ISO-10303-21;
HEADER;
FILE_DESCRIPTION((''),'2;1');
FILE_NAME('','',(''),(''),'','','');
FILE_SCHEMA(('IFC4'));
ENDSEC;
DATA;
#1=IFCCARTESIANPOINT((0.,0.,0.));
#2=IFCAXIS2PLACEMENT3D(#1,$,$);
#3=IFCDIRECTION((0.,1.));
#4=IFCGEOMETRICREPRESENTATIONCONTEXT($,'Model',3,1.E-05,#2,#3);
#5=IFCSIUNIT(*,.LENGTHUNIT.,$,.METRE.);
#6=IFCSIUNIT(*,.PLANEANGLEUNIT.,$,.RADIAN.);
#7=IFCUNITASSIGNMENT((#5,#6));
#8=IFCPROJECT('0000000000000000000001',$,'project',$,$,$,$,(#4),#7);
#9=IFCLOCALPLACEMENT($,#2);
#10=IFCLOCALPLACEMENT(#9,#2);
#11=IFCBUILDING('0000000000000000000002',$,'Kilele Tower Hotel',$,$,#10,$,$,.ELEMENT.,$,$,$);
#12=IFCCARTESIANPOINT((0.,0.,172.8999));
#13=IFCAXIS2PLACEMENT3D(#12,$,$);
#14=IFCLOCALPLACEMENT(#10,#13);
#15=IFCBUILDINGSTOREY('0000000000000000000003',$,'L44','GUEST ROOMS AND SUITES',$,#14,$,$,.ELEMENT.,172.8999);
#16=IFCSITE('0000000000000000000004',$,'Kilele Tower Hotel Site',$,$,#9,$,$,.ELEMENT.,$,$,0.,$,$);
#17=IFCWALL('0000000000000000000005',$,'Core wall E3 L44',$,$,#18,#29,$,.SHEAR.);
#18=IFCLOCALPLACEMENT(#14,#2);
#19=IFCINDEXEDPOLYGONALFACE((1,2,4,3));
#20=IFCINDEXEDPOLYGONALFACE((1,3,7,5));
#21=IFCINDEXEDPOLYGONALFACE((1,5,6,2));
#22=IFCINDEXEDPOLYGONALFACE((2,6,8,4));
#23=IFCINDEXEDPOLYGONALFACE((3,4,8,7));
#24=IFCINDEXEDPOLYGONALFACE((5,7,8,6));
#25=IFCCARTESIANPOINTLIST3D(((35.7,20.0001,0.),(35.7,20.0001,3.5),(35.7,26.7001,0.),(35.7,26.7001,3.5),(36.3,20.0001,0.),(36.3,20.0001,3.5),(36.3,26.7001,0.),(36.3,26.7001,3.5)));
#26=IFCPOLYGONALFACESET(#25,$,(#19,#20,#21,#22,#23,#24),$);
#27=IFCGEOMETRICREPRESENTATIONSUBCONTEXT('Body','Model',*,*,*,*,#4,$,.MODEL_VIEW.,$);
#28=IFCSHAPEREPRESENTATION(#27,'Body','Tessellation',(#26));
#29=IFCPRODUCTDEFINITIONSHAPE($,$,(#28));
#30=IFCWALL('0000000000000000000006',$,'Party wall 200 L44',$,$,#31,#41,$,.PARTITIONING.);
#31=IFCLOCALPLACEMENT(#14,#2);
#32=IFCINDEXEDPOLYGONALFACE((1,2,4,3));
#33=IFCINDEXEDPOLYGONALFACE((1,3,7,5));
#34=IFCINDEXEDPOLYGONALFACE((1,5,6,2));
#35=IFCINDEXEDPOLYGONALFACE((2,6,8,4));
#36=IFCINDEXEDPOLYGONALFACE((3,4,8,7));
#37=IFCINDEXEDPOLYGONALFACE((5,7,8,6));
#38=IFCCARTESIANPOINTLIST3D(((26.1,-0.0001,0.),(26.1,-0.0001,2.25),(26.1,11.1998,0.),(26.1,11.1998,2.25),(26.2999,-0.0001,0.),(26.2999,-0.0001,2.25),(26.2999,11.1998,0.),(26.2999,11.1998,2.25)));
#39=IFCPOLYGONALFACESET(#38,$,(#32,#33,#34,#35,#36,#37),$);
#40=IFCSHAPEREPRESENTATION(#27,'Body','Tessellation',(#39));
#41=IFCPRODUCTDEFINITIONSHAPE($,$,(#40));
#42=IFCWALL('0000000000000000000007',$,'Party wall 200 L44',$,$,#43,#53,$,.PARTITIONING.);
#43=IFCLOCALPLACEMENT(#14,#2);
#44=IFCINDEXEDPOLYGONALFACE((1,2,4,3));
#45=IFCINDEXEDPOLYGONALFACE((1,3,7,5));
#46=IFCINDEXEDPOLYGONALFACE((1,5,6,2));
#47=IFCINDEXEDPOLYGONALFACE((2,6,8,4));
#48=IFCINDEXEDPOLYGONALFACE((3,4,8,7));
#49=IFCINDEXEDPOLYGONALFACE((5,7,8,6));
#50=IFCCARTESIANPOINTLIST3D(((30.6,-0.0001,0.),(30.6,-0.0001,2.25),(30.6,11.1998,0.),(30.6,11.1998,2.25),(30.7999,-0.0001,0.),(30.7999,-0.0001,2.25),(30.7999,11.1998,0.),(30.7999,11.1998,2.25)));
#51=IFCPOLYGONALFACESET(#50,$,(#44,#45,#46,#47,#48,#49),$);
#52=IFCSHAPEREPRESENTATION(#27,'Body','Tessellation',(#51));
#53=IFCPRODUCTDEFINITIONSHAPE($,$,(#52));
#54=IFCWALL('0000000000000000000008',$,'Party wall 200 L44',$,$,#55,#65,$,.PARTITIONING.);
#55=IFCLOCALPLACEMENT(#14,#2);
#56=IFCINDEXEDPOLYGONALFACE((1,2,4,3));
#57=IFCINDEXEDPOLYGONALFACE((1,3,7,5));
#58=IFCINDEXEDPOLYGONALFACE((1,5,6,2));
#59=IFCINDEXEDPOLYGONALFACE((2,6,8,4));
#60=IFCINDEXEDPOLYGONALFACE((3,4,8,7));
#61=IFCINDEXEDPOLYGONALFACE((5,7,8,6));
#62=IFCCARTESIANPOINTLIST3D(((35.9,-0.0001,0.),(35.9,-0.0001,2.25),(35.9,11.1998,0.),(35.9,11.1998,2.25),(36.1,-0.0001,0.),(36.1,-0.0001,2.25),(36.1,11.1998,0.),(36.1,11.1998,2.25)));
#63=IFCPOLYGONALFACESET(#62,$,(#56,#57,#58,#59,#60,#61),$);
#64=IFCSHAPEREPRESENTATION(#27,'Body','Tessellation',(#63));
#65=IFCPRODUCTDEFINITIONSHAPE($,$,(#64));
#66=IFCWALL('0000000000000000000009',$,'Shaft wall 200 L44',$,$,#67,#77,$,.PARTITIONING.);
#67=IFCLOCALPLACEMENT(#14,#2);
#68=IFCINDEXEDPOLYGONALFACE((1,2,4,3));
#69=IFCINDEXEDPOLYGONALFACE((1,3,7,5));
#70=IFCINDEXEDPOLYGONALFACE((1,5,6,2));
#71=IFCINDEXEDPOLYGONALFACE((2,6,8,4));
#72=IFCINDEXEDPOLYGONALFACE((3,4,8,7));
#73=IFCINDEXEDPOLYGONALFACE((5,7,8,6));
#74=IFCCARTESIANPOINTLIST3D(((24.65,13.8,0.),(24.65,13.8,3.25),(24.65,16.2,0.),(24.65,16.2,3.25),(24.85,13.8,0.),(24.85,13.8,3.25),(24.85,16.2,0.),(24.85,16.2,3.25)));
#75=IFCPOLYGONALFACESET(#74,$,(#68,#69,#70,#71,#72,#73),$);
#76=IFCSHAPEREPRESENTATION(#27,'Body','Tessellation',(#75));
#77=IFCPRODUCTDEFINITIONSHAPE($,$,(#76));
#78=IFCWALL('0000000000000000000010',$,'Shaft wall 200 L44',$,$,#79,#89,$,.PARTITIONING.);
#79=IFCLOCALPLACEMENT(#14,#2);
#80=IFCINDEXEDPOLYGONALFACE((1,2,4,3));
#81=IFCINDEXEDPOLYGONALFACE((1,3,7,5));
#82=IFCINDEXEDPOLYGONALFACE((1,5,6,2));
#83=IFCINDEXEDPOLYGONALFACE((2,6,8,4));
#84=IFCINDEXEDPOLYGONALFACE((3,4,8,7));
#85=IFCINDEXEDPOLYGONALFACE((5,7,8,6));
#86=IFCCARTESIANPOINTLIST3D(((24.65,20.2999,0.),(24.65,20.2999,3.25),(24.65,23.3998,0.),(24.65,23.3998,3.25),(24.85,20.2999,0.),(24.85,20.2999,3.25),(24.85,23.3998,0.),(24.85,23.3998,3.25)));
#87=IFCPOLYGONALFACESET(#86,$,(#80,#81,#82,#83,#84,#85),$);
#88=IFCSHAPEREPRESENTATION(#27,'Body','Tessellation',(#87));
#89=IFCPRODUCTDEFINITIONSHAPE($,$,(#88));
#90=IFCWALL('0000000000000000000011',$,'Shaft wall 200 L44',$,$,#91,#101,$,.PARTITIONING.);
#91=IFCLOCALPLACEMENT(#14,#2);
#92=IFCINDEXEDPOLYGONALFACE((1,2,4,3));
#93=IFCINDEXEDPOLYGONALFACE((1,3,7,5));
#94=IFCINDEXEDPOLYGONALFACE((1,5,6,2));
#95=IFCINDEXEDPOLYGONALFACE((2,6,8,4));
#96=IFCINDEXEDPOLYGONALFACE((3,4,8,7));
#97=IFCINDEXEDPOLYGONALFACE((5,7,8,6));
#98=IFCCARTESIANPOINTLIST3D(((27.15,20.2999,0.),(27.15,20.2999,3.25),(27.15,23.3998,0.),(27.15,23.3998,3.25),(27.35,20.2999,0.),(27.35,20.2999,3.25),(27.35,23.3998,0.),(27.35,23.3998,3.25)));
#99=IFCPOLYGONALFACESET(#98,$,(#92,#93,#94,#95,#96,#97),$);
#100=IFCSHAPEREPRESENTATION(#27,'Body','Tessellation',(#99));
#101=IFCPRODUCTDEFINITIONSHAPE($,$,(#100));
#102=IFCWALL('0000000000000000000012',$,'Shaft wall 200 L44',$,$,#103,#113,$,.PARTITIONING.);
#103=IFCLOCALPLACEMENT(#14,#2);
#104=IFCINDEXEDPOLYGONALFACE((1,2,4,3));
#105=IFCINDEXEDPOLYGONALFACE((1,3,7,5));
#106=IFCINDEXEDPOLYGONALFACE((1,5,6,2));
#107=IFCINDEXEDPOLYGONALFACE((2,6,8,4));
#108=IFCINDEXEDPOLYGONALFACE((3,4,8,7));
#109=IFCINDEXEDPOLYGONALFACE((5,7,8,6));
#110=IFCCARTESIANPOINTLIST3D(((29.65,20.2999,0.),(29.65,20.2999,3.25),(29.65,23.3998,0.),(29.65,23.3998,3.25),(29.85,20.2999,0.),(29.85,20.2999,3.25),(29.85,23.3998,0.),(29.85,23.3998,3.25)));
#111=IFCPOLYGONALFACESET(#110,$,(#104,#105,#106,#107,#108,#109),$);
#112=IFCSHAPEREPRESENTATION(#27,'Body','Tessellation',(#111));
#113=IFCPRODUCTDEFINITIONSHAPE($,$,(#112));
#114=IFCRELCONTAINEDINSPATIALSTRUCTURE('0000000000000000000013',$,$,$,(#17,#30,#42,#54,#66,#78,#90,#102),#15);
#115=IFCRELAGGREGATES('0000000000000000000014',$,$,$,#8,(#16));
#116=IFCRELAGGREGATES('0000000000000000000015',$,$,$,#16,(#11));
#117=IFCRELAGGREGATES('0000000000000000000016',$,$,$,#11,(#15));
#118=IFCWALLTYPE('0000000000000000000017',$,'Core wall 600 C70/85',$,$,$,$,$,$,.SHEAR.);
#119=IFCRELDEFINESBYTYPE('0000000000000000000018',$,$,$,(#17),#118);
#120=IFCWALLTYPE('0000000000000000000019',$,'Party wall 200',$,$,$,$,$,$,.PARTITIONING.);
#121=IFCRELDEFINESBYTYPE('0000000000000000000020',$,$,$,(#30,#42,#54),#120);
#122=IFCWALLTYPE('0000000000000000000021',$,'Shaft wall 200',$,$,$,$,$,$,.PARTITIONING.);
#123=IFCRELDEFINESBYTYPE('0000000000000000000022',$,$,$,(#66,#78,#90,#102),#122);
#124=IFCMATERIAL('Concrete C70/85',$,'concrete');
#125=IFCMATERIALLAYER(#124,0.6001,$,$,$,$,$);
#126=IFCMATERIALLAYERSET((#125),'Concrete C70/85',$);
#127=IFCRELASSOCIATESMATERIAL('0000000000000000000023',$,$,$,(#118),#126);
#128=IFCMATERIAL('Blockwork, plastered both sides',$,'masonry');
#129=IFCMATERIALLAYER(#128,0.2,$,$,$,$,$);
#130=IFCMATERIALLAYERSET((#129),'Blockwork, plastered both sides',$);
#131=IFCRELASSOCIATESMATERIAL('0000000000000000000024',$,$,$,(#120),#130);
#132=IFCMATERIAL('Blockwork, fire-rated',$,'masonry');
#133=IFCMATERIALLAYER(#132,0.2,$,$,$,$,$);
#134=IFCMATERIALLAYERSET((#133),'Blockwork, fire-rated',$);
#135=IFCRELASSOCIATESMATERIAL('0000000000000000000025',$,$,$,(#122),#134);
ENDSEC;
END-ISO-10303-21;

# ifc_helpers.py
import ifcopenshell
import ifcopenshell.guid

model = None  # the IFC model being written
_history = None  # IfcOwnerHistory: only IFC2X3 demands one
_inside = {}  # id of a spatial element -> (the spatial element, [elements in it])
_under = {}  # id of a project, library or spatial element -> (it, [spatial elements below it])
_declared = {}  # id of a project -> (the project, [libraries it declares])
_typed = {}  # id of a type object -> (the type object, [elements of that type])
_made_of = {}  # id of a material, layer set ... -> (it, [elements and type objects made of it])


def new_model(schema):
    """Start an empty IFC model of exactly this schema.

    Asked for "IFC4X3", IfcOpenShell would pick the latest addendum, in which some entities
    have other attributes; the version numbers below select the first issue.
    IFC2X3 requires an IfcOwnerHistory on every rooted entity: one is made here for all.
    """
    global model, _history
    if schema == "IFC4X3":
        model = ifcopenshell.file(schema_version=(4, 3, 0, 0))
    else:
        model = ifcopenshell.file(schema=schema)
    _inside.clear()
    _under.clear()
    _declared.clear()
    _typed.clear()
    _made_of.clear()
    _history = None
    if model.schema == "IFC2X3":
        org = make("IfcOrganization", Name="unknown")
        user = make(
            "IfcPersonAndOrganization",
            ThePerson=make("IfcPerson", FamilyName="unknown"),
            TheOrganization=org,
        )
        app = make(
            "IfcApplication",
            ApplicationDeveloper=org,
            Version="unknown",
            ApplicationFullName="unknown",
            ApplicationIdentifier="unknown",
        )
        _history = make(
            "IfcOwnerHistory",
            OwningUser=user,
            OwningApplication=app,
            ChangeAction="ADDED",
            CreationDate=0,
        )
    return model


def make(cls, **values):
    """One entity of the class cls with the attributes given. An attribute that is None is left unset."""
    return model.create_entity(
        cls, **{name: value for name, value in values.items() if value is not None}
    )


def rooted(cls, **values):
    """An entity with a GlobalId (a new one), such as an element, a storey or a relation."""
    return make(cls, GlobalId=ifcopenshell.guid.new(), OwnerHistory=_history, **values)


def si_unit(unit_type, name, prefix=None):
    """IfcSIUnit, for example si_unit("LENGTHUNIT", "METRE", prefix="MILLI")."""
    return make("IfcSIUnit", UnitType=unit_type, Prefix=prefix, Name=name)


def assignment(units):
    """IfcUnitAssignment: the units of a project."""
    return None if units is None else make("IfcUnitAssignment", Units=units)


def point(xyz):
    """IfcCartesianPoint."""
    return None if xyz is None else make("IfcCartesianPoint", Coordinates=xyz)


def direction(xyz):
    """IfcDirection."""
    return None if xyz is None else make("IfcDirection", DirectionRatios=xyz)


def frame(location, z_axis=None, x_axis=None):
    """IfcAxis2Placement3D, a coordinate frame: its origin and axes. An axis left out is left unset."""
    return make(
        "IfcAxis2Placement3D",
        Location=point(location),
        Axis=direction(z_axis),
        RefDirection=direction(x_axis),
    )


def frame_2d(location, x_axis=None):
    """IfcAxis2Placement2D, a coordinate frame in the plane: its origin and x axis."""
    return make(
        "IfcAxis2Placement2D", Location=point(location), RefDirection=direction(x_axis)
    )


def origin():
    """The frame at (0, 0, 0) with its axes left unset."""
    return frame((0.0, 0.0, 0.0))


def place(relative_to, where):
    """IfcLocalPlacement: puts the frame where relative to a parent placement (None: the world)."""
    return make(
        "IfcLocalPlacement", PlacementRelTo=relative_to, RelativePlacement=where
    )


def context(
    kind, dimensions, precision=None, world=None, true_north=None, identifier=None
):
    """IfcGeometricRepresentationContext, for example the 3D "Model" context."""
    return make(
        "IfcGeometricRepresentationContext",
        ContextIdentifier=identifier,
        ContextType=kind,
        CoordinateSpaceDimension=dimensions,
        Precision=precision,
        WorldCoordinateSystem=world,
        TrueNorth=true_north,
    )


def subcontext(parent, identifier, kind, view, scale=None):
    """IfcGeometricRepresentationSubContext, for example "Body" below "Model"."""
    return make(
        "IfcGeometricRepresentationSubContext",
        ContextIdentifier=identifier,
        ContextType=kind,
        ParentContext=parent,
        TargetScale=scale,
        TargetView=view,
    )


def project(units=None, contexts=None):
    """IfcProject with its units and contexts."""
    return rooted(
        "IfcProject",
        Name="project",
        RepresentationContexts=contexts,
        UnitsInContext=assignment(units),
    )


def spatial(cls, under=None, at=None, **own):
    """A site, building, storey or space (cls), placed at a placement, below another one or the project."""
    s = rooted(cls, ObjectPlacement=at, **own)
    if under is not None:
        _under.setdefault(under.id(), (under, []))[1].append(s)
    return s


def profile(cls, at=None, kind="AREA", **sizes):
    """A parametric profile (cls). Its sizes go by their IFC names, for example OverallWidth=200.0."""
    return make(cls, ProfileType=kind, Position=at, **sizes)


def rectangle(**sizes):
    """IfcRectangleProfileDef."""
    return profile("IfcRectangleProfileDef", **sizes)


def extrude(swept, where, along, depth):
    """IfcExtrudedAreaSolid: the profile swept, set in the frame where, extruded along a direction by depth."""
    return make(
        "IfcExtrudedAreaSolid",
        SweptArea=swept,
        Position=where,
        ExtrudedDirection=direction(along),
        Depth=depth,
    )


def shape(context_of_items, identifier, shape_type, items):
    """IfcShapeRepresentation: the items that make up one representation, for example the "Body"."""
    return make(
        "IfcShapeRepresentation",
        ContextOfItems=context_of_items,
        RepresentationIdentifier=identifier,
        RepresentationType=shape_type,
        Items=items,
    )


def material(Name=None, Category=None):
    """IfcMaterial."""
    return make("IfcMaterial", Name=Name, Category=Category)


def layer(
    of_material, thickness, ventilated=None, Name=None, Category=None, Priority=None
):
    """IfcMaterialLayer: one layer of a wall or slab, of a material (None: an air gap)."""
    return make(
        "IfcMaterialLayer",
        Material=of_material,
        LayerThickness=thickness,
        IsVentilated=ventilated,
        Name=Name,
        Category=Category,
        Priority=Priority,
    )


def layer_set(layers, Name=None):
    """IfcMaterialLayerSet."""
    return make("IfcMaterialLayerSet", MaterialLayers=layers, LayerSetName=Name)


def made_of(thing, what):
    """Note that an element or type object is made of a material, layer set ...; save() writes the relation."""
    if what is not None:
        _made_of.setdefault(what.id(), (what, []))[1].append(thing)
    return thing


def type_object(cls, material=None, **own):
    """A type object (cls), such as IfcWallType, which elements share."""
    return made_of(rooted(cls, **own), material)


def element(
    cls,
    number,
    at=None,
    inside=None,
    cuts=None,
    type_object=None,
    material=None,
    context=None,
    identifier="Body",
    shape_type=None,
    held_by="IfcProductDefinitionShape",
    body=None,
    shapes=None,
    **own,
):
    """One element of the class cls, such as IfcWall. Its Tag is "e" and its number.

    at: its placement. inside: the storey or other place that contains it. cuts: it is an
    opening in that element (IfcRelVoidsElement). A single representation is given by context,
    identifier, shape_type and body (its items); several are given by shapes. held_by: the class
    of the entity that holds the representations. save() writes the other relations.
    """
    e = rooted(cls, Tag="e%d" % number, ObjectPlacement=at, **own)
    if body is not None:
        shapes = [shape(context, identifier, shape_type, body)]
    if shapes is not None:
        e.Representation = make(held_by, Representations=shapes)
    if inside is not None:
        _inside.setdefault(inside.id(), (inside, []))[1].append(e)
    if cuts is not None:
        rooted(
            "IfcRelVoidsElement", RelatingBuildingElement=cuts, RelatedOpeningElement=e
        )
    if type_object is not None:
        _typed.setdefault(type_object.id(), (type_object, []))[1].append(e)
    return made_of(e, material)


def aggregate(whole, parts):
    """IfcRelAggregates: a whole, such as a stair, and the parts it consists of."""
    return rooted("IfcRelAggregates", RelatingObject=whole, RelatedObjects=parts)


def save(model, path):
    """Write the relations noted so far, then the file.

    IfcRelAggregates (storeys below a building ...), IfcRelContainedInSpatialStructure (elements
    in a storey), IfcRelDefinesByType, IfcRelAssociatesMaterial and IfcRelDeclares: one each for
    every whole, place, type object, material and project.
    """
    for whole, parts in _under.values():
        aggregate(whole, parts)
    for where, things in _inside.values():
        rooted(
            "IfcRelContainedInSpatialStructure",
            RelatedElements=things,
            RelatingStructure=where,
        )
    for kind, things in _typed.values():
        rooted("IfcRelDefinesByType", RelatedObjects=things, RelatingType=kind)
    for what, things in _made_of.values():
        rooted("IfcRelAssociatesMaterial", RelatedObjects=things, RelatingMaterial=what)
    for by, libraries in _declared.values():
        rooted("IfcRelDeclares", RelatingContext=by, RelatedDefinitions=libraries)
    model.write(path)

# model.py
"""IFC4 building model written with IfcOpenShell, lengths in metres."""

from ifc_helpers import new_model, si_unit, direction, frame, frame_2d, origin, place, context, subcontext, project, spatial, rectangle, extrude, material, layer, layer_set, type_object, element, save


model = new_model("IFC4")

# Units and contexts
model_context = context("Model", 3, precision=1e-05, world=origin(), true_north=direction((0.0, 1.0)))
body_context = subcontext(model_context, "Body", "Model", "MODEL_VIEW")
ifc_project = project(units=[si_unit("LENGTHUNIT", "METRE"), si_unit("PLANEANGLEUNIT", "RADIAN")], contexts=[model_context])

# Site, building, storey
site_placement = place(None, origin())
site = spatial("IfcSite", under=ifc_project, at=site_placement, Name="Kilele Tower Hotel Site", CompositionType="ELEMENT", RefElevation=0.0)
building_placement = place(site_placement, origin())
building = spatial("IfcBuilding", under=site, at=building_placement, Name="Kilele Tower Hotel", CompositionType="ELEMENT")
storey_placement = place(building_placement, frame((0.0, 0.0, 172.8999)))
storey = spatial("IfcBuildingStorey", under=building, at=storey_placement, Name="L44", Description="GUEST ROOMS AND SUITES", CompositionType="ELEMENT", Elevation=172.8999)

# Shared definitions
ifc_material_1 = material(Name="Concrete C70/85", Category="concrete")
ifc_layer_1 = layer(ifc_material_1, 0.6001)
ifc_layer_set_1 = layer_set([ifc_layer_1], Name="Concrete C70/85")
wall_type_1 = type_object("IfcWallType", Name="Core wall 600 C70/85", PredefinedType="SHEAR", material=ifc_layer_set_1)

# Walls
wall_1_placement = place(storey_placement, frame((36.0, 20.0, 0.0), z_axis=(0.0, 0.0, 1.0), x_axis=(0.0, 1.0, 0.0)))
element("IfcWall", 1, at=wall_1_placement, inside=storey, type_object=wall_type_1, Name="Core wall E3 L44", PredefinedType="SHEAR", context=body_context, shape_type="SweptSolid", body=[
    extrude(rectangle(XDim=6.7, YDim=0.6001, at=frame_2d((3.3501, 0.0))), origin(), (0.0, 0.0, 1.0), 3.5),
])
ifc_material_2 = material(Name="Blockwork, plastered both sides", Category="masonry")
ifc_layer_2 = layer(ifc_material_2, 0.2)
ifc_layer_set_2 = layer_set([ifc_layer_2], Name="Blockwork, plastered both sides")
wall_type_2 = type_object("IfcWallType", Name="Party wall 200", PredefinedType="PARTITIONING", material=ifc_layer_set_2)
for number, where, z_axis, x_axis, name in (
    (2, (26.2, 11.2, 0.0), (0.0, 0.0, 1.0), (0.0, -1.0, 0.0), "Party wall 200 L44"),
    (3, (30.7, 11.2, 0.0), (0.0, 0.0, 1.0), (0.0, -1.0, 0.0), "Party wall 200 L44"),
    (4, (36.0, 11.2, 0.0), (0.0, 0.0, 1.0), (0.0, -1.0, 0.0), "Party wall 200 L44"),
):
    element("IfcWall", number, at=place(storey_placement, frame(where, z_axis=z_axis, x_axis=x_axis)), inside=storey, type_object=wall_type_2, Name=name, PredefinedType="PARTITIONING", context=body_context, shape_type="SweptSolid", body=[
        extrude(rectangle(XDim=11.2, YDim=0.2, at=frame_2d((5.6001, 0.0))), origin(), (0.0, 0.0, 1.0), 2.25),
    ])
ifc_material_3 = material(Name="Blockwork, fire-rated", Category="masonry")
ifc_layer_3 = layer(ifc_material_3, 0.2)
ifc_layer_set_3 = layer_set([ifc_layer_3], Name="Blockwork, fire-rated")
wall_type_3 = type_object("IfcWallType", Name="Shaft wall 200", PredefinedType="PARTITIONING", material=ifc_layer_set_3)
wall_2_placement = place(storey_placement, frame((24.75, 13.8, 0.0), z_axis=(0.0, 0.0, 1.0), x_axis=(0.0, 1.0, 0.0)))
element("IfcWall", 5, at=wall_2_placement, inside=storey, type_object=wall_type_3, Name="Shaft wall 200 L44", PredefinedType="PARTITIONING", context=body_context, shape_type="SweptSolid", body=[
    extrude(rectangle(XDim=2.3999, YDim=0.2, at=frame_2d((1.2, 0.0))), origin(), (0.0, 0.0, 1.0), 3.25),
])
for number, where, z_axis, x_axis, name in (
    (6, (24.75, 20.3, 0.0), (0.0, 0.0, 1.0), (0.0, 1.0, 0.0), "Shaft wall 200 L44"),
    (7, (27.25, 20.3, 0.0), (0.0, 0.0, 1.0), (0.0, 1.0, 0.0), "Shaft wall 200 L44"),
    (8, (29.75, 20.3, 0.0), (0.0, 0.0, 1.0), (0.0, 1.0, 0.0), "Shaft wall 200 L44"),
):
    element("IfcWall", number, at=place(storey_placement, frame(where, z_axis=z_axis, x_axis=x_axis)), inside=storey, type_object=wall_type_3, Name=name, PredefinedType="PARTITIONING", context=body_context, shape_type="SweptSolid", body=[
        extrude(rectangle(XDim=3.0999, YDim=0.2, at=frame_2d((1.5498, 0.0))), origin(), (0.0, 0.0, 1.0), 3.25),
    ])

save(model, "model.ifc")
